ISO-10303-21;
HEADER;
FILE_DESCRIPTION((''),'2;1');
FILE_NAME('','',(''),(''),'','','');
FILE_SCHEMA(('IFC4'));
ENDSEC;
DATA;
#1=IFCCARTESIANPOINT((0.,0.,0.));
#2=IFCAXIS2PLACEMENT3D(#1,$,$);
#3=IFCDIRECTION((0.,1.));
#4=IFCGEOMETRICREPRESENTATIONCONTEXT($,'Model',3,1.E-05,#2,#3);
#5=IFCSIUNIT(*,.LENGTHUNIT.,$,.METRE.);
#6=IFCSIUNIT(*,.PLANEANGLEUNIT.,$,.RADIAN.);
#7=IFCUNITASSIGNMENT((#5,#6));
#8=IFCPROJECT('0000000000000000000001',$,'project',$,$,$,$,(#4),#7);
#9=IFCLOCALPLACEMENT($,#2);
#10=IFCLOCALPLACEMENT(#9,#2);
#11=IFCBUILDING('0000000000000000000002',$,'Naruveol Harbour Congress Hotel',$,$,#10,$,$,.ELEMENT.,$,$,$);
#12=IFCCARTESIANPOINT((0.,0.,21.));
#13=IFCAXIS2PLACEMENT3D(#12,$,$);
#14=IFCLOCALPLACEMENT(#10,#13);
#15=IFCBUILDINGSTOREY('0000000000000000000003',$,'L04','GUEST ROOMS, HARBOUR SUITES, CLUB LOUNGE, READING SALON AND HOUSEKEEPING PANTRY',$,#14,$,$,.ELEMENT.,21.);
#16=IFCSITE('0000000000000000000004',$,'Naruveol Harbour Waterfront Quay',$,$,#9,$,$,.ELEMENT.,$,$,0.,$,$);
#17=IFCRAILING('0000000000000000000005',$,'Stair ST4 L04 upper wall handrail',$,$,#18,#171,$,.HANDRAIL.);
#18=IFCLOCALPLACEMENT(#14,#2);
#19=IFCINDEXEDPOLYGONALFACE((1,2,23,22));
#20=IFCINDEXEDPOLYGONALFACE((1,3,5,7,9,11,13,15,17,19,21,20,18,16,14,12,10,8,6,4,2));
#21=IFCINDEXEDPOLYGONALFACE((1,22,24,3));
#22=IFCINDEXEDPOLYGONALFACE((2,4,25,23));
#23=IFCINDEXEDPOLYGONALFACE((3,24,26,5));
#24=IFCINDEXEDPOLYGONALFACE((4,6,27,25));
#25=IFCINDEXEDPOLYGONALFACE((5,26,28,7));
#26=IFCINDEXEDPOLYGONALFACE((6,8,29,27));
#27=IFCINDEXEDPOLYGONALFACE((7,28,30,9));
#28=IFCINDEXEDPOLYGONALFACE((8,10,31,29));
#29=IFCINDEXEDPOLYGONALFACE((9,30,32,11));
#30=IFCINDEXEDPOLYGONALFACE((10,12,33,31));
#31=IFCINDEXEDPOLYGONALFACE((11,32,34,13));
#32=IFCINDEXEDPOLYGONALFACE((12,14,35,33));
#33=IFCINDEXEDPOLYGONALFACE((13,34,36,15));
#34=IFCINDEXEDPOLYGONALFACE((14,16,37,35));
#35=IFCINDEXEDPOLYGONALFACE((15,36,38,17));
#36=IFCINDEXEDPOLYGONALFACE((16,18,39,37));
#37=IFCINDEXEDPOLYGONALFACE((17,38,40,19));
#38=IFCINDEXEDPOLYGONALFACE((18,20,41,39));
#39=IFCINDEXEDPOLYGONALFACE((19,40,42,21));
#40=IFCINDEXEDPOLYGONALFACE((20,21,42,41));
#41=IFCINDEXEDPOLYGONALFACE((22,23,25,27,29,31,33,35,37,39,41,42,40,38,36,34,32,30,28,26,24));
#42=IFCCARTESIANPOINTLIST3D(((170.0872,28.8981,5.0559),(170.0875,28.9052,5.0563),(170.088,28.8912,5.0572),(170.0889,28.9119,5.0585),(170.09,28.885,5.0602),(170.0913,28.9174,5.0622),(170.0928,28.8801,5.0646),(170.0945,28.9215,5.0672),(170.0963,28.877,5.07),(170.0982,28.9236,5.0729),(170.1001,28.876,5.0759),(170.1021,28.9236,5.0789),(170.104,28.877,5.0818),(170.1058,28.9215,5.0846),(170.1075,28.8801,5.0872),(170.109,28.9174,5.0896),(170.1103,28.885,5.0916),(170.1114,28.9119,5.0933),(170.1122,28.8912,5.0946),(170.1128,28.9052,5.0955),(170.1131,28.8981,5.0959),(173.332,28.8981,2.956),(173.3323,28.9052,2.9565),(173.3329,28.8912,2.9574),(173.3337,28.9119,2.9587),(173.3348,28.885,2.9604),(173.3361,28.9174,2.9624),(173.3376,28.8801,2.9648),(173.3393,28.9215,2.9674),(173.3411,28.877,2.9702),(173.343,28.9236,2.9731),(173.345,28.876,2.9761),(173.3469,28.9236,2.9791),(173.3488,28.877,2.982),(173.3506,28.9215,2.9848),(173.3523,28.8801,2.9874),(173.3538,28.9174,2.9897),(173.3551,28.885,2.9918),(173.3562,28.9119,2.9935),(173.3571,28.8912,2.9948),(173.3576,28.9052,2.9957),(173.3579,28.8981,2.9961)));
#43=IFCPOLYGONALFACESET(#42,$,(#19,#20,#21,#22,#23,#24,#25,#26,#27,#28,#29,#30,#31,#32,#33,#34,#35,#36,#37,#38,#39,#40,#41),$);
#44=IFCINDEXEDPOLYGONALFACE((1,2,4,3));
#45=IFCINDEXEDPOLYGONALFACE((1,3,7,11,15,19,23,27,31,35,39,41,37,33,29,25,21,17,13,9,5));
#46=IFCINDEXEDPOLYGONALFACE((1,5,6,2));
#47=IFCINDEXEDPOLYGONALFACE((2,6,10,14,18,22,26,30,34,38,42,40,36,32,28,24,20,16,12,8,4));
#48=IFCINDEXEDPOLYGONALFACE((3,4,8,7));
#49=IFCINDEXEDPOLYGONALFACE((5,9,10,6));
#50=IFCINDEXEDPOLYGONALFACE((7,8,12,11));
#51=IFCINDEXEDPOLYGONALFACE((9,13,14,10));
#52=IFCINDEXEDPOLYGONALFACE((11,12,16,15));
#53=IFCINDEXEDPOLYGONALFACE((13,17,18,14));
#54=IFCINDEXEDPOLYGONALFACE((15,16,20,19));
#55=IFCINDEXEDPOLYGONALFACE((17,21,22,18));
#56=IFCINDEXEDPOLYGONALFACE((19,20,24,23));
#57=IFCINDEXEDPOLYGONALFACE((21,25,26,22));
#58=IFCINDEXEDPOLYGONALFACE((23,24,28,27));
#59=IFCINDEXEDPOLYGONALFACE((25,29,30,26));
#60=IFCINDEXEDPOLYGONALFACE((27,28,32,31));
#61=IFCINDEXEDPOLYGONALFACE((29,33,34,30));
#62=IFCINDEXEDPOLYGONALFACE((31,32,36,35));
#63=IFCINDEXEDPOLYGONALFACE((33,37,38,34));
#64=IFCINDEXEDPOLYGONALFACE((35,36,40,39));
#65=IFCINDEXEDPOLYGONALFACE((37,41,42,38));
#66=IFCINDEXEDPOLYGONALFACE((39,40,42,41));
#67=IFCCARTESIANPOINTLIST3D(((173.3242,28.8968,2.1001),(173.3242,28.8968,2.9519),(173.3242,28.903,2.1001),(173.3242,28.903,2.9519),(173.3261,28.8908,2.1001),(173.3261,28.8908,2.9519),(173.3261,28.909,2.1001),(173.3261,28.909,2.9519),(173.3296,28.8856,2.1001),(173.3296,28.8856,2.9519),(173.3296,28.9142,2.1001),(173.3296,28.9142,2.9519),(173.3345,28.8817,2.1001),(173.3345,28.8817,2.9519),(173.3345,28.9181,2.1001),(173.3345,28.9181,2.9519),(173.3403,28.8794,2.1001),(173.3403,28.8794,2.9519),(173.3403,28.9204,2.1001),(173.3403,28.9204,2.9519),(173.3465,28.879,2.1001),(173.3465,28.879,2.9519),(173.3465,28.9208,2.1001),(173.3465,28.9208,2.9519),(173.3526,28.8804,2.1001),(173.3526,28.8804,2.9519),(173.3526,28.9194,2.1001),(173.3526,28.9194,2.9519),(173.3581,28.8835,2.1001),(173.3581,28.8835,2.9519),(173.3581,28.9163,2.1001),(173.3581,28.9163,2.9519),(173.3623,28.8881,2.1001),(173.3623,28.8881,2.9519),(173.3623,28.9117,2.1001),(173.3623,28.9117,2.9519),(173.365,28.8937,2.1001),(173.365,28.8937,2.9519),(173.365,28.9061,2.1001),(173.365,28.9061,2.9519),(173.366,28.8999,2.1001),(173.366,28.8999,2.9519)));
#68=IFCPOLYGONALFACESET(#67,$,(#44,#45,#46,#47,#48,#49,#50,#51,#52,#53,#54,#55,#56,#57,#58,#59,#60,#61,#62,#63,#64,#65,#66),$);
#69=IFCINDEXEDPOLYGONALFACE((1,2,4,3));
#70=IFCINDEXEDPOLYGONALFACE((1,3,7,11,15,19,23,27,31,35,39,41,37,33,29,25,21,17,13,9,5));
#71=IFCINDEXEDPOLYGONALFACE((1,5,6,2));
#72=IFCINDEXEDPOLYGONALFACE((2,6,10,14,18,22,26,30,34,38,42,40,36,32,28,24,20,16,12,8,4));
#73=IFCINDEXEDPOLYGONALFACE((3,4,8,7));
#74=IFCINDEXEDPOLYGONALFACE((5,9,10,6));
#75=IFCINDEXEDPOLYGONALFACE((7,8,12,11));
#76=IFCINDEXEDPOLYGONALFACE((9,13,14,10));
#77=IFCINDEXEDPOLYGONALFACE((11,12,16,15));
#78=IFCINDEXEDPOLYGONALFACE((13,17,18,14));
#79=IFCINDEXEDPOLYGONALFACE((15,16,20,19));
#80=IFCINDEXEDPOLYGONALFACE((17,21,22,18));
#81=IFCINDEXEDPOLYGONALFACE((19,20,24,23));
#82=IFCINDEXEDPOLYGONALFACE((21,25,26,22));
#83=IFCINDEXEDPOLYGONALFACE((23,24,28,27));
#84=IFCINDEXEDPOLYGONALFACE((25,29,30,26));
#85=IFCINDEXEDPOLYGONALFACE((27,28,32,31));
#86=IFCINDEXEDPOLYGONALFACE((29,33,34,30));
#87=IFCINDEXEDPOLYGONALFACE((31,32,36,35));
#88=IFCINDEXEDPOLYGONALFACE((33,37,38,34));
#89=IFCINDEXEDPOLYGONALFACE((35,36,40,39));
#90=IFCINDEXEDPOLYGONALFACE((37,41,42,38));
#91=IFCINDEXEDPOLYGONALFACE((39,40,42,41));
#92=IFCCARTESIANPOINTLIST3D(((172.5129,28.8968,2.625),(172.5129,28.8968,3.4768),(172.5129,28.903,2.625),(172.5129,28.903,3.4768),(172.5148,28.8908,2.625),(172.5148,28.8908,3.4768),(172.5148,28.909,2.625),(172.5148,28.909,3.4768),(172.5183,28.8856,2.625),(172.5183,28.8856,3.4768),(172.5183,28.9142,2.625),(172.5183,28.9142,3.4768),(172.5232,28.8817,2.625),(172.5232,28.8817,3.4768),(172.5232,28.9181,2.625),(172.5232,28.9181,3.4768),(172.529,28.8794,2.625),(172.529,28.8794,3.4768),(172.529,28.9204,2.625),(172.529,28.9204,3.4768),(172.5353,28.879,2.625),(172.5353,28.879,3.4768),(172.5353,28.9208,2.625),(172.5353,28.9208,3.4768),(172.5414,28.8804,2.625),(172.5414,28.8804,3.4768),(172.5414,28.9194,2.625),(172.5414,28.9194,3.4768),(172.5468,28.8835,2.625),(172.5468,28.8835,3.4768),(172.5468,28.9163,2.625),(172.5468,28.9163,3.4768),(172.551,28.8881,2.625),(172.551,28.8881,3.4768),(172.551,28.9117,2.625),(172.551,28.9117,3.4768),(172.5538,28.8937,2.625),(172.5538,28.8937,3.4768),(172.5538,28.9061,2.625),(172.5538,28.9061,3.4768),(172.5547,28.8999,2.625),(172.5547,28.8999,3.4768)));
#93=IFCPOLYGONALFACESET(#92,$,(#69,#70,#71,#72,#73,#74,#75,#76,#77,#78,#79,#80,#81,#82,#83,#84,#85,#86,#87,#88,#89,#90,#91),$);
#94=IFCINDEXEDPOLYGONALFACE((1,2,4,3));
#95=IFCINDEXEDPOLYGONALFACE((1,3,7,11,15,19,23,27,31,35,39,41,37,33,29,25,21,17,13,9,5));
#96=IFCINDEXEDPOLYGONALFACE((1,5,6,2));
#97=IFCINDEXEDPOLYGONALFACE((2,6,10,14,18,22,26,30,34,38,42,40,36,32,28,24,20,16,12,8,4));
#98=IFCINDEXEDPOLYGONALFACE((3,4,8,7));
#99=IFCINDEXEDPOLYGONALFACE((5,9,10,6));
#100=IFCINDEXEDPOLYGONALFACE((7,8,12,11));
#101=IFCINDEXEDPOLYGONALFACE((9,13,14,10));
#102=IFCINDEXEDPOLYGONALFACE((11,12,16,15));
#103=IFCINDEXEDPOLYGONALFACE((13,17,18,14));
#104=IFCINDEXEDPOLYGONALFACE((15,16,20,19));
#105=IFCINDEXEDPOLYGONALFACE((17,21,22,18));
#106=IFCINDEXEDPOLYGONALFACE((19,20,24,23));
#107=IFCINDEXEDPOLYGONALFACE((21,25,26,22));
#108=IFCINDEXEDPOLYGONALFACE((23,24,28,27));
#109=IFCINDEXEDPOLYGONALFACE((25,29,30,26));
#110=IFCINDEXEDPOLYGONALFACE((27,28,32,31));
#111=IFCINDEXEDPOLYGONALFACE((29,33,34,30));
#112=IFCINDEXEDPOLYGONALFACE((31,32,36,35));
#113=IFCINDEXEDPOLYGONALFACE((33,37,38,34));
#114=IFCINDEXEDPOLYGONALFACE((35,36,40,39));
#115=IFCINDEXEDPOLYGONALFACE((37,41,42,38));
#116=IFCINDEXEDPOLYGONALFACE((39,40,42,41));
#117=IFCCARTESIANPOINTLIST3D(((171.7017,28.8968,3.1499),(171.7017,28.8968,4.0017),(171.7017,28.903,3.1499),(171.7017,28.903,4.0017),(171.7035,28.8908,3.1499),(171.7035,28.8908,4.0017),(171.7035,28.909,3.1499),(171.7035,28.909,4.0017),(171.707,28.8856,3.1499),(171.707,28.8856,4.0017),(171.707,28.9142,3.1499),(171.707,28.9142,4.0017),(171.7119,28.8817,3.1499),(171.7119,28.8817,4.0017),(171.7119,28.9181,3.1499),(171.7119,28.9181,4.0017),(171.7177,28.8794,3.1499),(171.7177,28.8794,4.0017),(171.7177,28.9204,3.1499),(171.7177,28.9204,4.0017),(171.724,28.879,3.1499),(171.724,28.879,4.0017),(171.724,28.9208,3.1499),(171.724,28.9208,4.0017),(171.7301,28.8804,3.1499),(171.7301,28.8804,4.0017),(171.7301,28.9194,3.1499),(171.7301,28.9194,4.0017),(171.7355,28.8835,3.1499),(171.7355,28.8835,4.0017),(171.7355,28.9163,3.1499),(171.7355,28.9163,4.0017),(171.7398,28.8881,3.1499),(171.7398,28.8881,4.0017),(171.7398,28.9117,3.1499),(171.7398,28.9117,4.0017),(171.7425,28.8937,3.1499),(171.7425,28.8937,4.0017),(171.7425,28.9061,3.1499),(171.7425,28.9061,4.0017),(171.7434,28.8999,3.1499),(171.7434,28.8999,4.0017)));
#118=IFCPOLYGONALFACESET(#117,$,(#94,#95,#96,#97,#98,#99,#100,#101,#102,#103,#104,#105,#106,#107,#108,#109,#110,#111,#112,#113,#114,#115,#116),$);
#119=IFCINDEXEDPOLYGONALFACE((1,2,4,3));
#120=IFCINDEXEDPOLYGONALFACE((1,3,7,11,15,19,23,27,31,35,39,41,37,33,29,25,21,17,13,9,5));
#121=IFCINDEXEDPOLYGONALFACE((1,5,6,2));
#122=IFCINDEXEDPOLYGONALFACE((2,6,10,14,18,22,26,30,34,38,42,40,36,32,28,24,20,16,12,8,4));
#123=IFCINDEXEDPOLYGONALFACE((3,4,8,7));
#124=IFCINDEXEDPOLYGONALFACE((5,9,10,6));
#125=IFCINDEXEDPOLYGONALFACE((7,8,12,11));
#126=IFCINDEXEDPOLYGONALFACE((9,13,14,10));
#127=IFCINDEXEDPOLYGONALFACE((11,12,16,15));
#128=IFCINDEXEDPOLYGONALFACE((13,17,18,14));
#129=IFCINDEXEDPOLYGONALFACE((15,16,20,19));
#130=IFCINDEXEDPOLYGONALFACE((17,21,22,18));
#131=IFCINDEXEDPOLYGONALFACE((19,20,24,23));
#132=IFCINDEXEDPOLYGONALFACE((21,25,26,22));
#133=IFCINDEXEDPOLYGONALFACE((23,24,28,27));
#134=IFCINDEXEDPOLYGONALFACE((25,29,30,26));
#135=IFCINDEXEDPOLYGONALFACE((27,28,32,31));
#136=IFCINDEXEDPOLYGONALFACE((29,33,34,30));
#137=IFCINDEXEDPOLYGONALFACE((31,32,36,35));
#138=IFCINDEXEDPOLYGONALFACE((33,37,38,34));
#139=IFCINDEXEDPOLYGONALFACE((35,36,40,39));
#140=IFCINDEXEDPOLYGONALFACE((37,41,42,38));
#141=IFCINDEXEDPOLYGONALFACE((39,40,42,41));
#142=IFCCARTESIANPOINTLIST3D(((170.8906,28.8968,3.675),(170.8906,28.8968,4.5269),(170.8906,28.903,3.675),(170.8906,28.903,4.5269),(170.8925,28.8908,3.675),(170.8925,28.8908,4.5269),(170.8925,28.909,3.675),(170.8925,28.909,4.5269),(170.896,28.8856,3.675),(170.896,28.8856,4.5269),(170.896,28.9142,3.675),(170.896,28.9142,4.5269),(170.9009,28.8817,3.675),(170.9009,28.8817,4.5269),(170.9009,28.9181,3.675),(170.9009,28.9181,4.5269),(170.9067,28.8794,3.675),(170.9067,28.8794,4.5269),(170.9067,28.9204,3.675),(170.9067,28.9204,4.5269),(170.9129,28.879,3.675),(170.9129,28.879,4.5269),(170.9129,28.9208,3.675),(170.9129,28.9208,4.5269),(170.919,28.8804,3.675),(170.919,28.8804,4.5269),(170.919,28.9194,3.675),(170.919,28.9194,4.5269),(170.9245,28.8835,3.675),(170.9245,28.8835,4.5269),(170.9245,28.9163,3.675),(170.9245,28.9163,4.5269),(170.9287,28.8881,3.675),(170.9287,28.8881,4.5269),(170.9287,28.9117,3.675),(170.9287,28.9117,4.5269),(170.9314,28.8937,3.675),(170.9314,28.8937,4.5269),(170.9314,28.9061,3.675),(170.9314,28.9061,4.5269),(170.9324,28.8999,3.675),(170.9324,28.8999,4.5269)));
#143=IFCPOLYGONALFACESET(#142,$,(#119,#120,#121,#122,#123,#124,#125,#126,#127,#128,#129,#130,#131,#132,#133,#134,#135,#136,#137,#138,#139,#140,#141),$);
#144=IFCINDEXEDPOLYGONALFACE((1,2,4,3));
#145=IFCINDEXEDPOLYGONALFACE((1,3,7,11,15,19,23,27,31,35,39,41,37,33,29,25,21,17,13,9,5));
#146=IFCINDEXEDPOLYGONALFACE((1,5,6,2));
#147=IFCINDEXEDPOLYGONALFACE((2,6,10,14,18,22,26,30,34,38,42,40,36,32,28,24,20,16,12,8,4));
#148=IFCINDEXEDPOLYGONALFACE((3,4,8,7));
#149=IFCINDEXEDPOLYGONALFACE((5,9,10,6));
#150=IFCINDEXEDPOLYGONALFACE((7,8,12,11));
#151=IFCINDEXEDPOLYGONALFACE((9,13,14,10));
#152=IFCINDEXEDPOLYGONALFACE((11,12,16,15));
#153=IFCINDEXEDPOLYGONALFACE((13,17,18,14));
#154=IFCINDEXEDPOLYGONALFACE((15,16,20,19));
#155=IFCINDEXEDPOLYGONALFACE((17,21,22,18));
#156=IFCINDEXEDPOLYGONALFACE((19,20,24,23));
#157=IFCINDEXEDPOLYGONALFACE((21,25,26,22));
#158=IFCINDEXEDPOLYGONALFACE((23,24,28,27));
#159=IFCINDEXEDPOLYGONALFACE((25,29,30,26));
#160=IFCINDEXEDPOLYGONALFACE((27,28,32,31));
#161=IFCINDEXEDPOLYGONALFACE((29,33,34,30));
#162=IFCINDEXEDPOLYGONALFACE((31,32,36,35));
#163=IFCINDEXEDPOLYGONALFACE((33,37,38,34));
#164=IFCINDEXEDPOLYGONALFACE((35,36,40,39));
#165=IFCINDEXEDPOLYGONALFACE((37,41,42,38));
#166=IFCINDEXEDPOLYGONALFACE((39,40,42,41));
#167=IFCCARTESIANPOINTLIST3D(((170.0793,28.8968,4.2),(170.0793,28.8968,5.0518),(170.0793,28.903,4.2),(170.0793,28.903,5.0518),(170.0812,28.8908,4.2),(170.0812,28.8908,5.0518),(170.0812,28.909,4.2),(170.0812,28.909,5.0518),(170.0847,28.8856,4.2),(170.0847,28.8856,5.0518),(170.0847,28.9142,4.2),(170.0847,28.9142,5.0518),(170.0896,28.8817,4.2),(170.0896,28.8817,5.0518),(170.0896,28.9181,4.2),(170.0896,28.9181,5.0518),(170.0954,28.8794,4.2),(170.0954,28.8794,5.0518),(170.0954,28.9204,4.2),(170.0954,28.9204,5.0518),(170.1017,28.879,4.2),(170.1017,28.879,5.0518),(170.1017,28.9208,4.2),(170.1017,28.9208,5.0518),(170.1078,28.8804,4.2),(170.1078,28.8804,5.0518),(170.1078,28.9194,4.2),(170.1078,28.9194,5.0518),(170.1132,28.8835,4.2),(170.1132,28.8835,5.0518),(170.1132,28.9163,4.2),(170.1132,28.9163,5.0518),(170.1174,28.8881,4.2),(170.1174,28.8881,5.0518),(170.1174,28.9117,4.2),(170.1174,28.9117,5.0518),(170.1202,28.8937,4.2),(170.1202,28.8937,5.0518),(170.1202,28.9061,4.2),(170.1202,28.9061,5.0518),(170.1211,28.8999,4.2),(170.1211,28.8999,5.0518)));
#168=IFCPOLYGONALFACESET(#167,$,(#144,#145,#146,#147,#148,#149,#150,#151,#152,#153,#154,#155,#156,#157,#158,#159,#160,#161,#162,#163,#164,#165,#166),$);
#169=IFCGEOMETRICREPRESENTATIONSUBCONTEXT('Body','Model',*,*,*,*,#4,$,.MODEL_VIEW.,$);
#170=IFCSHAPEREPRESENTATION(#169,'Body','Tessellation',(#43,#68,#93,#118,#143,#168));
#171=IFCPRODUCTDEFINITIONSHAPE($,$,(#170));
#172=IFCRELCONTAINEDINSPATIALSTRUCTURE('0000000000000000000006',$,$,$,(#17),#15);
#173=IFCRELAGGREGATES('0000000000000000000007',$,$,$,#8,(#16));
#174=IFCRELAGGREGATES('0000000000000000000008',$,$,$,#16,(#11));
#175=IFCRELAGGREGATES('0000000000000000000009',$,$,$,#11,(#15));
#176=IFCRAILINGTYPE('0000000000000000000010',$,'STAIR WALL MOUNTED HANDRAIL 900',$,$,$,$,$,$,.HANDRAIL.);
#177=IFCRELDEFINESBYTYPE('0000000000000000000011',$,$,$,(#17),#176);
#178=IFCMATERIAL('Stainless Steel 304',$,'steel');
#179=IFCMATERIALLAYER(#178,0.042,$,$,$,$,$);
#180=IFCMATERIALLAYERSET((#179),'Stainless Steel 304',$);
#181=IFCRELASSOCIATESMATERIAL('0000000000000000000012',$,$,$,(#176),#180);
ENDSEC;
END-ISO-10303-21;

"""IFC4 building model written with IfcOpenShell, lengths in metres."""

from ifc_helpers import new_model, si_unit, direction, frame, origin, origin_2d, place, context, subcontext, project, spatial, circle, extrude, material, layer, layer_set, type_object, element, save


model = new_model("IFC4")

# Units and contexts
model_context = context("Model", 3, precision=1e-05, world=origin(), true_north=direction((0.0, 1.0)))
body_context = subcontext(model_context, "Body", "Model", "MODEL_VIEW")
ifc_project = project(units=[si_unit("LENGTHUNIT", "METRE"), si_unit("PLANEANGLEUNIT", "RADIAN")], contexts=[model_context])

# Site, building, storey
site_placement = place(None, origin())
site = spatial("IfcSite", under=ifc_project, at=site_placement, Name="Naruveol Harbour Waterfront Quay", CompositionType="ELEMENT", RefElevation=0.0)
building_placement = place(site_placement, origin())
building = spatial("IfcBuilding", under=site, at=building_placement, Name="Naruveol Harbour Congress Hotel", CompositionType="ELEMENT")
storey_placement = place(building_placement, frame((0.0, 0.0, 21.0)))
storey = spatial("IfcBuildingStorey", under=building, at=storey_placement, Name="L04", Description="GUEST ROOMS, HARBOUR SUITES, CLUB LOUNGE, READING SALON AND HOUSEKEEPING PANTRY", CompositionType="ELEMENT", Elevation=21.0)

# Railing
ifc_material_1 = material(Name="Stainless Steel 304", Category="steel")
ifc_layer_1 = layer(ifc_material_1, 0.042)
ifc_layer_set_1 = layer_set([ifc_layer_1], Name="Stainless Steel 304")
railing_type = type_object("IfcRailingType", Name="STAIR WALL MOUNTED HANDRAIL 900", PredefinedType="HANDRAIL", material=ifc_layer_set_1)
railing_placement = place(storey_placement, frame((173.345, 28.8999, 2.1001)))
element("IfcRailing", 1, at=railing_placement, inside=storey, type_object=railing_type, Name="Stair ST4 L04 upper wall handrail", PredefinedType="HANDRAIL", context=body_context, shape_type="SweptSolid", body=[
    extrude(circle(Radius=0.0239, at=origin_2d()), frame((0.0, 0.0, 0.876), z_axis=(-0.839543, 0.0, 0.543293), x_axis=(0.0, -1.0, 0.0)), (0.0, 0.0, 1.0), 3.865),
    extrude(circle(Radius=0.021, at=origin_2d()), origin(), (0.0, 0.0, 1.0), 0.8518),
    extrude(circle(Radius=0.021, at=origin_2d()), frame((-0.8113, 0.0, 0.5249)), (0.0, 0.0, 1.0), 0.8518),
    extrude(circle(Radius=0.021, at=origin_2d()), frame((-1.6226, 0.0, 1.0498)), (0.0, 0.0, 1.0), 0.8518),
    extrude(circle(Radius=0.021, at=origin_2d()), frame((-2.4336, 0.0, 1.575)), (0.0, 0.0, 1.0), 0.8518),
    extrude(circle(Radius=0.021, at=origin_2d()), frame((-3.2449, 0.0, 2.0999)), (0.0, 0.0, 1.0), 0.8518),
])

save(model, "model.ifc")
